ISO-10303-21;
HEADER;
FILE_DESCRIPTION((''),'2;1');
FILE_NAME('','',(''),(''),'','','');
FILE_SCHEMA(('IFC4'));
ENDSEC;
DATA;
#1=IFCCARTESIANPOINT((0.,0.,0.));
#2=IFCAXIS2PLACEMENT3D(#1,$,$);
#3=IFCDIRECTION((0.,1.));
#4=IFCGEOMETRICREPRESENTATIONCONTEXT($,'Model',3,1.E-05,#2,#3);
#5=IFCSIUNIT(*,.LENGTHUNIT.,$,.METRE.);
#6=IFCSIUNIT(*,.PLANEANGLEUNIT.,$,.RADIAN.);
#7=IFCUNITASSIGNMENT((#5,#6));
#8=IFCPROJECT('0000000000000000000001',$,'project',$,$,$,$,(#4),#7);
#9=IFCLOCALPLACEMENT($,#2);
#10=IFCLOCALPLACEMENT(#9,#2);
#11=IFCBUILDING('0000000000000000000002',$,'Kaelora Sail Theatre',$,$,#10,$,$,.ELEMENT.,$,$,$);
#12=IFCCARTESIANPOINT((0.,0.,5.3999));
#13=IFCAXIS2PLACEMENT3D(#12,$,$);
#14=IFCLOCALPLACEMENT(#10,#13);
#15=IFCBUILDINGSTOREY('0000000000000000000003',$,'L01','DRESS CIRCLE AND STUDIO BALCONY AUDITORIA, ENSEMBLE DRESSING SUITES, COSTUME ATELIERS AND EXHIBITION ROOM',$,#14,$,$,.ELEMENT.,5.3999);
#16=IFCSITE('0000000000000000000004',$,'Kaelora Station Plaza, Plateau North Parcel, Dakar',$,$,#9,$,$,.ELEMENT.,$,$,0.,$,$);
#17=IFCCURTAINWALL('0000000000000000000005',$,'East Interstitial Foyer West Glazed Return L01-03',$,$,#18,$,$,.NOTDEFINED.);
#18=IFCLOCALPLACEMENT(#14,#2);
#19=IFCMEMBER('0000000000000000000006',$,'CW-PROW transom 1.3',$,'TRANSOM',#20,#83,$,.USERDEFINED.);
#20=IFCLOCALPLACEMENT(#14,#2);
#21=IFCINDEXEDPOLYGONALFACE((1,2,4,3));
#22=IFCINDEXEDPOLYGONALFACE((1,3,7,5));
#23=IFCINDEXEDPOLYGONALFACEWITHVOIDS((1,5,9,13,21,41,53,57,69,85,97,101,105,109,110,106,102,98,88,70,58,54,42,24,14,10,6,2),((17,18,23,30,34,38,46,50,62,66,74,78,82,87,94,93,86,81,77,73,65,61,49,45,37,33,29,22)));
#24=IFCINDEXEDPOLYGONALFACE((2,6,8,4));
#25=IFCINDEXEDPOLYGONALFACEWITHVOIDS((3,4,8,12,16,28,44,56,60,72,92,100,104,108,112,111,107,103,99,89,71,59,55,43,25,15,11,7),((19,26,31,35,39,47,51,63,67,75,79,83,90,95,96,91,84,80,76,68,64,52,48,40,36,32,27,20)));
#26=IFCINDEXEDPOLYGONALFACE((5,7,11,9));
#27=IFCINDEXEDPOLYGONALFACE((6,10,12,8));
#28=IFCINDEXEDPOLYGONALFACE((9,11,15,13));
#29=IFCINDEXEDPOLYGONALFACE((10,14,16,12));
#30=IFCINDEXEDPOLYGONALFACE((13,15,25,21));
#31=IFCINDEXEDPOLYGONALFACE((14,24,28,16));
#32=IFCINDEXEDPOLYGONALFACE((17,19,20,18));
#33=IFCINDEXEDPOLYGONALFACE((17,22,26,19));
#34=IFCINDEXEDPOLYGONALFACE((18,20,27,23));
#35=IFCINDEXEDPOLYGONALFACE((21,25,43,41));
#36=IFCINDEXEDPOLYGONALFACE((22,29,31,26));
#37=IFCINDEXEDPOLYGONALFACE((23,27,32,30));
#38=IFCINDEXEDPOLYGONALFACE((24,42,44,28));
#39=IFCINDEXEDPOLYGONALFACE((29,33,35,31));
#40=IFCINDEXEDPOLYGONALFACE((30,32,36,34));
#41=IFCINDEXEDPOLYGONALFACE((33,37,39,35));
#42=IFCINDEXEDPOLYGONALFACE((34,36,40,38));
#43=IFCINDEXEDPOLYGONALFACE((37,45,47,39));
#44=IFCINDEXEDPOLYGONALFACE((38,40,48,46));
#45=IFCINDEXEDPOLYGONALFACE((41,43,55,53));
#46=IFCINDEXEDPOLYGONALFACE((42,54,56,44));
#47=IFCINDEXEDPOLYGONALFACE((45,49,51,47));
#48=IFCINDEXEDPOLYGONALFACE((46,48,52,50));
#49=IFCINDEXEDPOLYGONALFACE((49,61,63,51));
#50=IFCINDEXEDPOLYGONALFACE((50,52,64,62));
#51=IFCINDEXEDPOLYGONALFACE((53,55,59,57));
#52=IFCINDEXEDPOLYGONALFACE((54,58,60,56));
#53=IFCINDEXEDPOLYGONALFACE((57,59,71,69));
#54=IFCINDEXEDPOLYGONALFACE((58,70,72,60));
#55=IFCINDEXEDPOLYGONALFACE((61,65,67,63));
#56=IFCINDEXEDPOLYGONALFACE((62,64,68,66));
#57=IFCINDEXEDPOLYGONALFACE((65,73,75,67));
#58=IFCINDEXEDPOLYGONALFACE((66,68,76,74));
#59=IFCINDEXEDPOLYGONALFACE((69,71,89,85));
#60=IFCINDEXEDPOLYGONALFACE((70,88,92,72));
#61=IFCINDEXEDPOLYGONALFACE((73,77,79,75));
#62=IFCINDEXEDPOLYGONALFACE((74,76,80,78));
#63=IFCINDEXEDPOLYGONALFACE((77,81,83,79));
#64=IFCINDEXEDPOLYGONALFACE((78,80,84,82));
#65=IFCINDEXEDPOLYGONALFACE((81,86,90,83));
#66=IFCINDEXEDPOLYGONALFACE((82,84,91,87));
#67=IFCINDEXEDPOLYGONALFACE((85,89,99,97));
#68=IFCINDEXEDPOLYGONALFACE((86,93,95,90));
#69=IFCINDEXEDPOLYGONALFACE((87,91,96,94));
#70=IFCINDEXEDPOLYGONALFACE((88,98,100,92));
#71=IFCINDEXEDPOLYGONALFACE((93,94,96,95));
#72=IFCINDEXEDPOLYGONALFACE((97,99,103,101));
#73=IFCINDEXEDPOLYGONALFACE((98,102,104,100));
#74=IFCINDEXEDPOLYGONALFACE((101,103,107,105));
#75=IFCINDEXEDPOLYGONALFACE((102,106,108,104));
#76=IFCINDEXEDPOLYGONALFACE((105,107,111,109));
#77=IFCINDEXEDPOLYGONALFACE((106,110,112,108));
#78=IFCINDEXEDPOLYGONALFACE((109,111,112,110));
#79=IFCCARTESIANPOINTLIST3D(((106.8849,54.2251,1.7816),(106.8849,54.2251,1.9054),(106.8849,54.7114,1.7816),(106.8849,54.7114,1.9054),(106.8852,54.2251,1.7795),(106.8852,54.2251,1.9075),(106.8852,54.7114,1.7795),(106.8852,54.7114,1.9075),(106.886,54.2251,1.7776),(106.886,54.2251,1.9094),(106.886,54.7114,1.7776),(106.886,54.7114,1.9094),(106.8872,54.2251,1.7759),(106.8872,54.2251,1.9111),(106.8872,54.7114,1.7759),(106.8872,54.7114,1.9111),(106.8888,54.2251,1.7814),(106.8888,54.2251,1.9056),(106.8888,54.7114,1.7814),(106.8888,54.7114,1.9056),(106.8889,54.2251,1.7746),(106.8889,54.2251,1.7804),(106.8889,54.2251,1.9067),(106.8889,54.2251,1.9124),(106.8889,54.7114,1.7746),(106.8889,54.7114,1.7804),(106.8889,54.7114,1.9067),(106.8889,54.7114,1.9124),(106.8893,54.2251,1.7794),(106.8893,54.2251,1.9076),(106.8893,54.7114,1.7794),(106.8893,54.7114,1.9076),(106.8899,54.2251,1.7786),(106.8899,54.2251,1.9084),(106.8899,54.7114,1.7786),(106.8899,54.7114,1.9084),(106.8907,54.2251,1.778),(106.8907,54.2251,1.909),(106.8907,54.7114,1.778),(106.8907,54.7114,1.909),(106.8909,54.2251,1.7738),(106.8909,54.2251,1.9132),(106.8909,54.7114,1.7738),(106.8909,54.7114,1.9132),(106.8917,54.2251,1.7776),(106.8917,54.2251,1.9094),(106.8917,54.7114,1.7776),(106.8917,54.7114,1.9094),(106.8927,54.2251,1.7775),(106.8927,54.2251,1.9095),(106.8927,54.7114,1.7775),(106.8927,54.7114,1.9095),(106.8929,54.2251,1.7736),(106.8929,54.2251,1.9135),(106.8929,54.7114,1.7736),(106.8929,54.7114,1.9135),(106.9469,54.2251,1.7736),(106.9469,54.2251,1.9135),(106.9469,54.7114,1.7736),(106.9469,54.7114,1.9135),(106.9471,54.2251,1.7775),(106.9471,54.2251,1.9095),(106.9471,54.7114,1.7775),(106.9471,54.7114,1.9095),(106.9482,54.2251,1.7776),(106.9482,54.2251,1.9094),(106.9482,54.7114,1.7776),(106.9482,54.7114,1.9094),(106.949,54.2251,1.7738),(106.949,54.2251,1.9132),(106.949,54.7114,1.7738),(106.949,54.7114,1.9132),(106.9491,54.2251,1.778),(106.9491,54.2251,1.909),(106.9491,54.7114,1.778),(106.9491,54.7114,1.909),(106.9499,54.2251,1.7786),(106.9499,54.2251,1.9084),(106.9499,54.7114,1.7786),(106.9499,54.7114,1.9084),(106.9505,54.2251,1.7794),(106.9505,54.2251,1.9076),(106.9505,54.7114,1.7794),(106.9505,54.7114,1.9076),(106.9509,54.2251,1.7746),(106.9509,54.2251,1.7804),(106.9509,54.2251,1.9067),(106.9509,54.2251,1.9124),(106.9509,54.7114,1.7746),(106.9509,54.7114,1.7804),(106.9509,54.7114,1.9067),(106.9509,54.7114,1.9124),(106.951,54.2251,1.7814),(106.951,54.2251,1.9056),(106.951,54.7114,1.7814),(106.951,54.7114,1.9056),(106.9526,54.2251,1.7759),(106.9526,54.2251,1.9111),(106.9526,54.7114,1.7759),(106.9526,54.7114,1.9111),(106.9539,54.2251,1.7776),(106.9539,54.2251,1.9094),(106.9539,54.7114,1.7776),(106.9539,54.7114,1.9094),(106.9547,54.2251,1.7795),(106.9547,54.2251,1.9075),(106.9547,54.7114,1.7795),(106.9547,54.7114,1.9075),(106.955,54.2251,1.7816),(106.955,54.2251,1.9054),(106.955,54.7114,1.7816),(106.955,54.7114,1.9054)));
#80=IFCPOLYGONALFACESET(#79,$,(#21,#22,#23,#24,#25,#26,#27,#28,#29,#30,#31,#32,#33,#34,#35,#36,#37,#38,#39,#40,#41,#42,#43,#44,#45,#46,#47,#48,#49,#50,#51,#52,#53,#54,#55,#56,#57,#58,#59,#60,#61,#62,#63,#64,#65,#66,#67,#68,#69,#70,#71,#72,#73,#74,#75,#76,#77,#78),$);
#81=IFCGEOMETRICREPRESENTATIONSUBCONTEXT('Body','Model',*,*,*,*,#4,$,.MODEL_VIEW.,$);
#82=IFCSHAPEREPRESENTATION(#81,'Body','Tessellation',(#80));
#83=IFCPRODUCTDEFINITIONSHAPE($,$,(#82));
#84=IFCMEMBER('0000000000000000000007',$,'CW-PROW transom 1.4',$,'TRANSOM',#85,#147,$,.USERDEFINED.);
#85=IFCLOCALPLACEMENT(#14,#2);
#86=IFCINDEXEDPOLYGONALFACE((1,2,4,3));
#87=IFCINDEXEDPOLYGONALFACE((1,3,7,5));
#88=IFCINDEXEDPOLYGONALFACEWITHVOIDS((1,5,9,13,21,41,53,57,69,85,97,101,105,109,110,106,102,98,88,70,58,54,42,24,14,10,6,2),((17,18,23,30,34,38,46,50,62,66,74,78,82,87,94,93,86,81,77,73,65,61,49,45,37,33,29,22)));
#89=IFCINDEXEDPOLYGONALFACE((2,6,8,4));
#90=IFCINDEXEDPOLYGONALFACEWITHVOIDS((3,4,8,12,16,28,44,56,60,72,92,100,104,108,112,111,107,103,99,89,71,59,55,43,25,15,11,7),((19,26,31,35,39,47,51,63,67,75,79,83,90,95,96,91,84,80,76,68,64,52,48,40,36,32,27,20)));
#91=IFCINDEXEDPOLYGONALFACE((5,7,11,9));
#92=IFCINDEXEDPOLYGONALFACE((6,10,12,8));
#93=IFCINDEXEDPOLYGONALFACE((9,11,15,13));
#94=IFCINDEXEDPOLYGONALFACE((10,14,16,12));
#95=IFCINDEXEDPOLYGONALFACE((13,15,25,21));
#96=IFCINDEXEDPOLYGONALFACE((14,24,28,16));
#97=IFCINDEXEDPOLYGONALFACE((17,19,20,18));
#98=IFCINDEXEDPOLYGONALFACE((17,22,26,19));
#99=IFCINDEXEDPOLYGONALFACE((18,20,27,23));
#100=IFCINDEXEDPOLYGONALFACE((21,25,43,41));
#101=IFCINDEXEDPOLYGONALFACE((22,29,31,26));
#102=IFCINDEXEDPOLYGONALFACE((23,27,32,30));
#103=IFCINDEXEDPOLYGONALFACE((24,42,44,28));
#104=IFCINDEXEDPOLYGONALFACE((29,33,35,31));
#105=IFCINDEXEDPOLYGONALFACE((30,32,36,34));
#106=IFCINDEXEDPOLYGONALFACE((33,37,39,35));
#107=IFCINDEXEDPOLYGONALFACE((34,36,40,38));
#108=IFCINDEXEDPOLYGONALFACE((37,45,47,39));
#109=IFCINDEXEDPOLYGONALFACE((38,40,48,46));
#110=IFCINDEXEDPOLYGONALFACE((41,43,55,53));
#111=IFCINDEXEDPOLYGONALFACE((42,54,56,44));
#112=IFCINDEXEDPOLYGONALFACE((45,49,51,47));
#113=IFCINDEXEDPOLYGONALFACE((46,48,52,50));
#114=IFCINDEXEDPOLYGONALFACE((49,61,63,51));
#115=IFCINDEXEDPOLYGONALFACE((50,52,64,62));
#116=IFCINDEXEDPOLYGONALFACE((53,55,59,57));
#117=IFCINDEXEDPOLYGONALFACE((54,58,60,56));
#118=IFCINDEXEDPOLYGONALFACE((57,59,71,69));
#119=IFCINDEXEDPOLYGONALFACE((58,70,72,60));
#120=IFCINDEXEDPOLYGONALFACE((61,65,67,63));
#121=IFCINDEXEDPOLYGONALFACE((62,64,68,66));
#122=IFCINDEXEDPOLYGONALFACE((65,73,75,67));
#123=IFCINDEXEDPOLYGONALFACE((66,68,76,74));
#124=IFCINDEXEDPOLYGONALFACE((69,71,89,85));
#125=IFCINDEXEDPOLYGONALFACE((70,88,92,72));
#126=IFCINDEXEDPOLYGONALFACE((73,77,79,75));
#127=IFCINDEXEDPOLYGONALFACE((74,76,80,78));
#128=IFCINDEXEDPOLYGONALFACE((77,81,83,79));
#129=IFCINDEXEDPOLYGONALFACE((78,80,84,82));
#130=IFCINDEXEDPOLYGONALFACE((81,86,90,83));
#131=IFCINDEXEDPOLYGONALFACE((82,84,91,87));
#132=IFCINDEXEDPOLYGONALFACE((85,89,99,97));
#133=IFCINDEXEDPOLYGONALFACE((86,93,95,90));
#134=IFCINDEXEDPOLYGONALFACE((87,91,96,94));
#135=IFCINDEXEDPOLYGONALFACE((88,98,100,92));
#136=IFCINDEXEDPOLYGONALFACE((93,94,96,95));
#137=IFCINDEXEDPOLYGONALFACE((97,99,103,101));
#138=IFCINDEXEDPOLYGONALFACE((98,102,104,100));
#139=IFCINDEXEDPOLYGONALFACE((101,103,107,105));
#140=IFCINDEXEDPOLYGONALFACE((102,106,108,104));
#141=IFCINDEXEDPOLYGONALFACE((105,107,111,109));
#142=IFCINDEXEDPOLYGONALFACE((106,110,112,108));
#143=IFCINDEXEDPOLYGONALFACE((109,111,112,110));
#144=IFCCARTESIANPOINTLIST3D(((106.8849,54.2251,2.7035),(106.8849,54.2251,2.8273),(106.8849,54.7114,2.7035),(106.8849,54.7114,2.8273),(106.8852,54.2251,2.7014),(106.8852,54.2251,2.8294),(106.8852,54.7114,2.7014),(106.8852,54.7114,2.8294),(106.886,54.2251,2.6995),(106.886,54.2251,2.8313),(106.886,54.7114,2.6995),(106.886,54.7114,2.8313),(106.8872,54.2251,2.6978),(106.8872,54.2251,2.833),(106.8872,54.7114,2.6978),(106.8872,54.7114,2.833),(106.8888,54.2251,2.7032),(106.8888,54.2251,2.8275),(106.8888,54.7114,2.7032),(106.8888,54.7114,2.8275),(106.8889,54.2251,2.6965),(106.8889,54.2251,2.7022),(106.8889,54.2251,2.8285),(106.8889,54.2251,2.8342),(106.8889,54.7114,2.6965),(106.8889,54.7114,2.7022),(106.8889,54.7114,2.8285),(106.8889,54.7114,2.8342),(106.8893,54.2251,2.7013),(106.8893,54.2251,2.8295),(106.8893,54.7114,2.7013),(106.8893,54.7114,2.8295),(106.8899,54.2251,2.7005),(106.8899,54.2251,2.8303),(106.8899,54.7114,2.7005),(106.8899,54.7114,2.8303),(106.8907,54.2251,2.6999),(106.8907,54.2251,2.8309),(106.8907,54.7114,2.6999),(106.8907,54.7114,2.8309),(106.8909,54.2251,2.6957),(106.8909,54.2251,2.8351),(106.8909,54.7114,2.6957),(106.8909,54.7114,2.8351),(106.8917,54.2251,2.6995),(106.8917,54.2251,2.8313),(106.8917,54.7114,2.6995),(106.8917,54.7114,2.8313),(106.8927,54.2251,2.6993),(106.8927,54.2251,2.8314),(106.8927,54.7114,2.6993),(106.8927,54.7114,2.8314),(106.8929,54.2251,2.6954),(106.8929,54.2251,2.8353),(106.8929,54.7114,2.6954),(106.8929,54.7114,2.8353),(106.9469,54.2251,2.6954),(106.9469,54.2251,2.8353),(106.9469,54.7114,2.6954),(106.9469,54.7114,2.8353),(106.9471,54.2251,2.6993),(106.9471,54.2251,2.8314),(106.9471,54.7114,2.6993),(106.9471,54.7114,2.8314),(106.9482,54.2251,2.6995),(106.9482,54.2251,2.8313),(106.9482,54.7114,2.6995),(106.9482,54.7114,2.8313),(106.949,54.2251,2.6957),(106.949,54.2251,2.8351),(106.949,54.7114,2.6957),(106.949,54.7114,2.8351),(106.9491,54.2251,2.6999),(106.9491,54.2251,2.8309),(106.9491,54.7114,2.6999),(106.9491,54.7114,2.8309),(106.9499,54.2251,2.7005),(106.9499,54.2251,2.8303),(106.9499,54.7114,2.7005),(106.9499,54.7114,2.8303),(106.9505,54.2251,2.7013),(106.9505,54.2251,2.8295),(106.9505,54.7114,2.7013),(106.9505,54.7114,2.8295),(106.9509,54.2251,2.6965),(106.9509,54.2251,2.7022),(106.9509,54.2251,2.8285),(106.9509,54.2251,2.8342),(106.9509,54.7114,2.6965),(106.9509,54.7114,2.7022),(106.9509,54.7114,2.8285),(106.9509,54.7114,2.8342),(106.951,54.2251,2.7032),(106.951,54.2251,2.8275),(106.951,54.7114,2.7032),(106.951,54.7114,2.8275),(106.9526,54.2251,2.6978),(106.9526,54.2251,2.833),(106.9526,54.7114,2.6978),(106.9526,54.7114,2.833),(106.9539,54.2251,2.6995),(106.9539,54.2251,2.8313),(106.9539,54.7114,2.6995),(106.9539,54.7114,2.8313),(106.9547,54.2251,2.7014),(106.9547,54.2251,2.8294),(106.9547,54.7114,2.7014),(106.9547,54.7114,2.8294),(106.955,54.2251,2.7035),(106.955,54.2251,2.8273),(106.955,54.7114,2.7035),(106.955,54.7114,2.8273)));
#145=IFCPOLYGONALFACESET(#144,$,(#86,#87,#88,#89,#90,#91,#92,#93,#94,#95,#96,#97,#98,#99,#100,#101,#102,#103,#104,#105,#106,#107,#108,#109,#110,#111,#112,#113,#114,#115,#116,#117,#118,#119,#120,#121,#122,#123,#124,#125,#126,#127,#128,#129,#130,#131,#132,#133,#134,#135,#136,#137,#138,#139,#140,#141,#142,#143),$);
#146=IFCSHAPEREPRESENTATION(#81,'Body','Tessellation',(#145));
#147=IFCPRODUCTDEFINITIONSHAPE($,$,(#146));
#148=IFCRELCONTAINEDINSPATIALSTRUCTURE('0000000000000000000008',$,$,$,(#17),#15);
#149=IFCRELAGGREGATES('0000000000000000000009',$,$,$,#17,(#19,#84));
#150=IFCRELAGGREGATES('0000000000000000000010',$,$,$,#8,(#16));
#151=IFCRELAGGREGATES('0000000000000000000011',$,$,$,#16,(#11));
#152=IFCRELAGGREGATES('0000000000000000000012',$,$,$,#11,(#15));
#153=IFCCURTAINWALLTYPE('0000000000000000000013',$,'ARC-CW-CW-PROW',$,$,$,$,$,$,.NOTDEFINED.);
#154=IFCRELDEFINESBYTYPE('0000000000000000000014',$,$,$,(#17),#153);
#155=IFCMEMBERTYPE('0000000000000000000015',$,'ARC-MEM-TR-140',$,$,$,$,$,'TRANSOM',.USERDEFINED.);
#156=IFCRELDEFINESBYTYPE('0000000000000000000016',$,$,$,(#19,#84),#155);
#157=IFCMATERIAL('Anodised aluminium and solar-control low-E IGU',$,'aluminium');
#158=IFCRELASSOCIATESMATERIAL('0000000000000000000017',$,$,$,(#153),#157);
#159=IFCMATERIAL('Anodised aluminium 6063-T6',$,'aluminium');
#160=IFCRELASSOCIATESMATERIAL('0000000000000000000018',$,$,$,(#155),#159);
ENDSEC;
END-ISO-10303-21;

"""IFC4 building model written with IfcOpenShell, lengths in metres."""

from ifc_helpers import new_model, si_unit, direction, frame, origin, origin_2d, place, context, subcontext, project, spatial, hollow_rectangle, extrude, material, material_profile, profile_set, type_object, element, aggregate, save


model = new_model("IFC4")

# Units and contexts
model_context = context("Model", 3, precision=1e-05, world=origin(), true_north=direction((0.0, 1.0)))
body_context = subcontext(model_context, "Body", "Model", "MODEL_VIEW")
ifc_project = project(units=[si_unit("LENGTHUNIT", "METRE"), si_unit("PLANEANGLEUNIT", "RADIAN")], contexts=[model_context])

# Site, building, storey
site_placement = place(None, origin())
site = spatial("IfcSite", under=ifc_project, at=site_placement, Name="Kaelora Station Plaza, Plateau North Parcel, Dakar", CompositionType="ELEMENT", RefElevation=0.0)
building_placement = place(site_placement, origin())
building = spatial("IfcBuilding", under=site, at=building_placement, Name="Kaelora Sail Theatre", CompositionType="ELEMENT")
storey_placement = place(building_placement, frame((0.0, 0.0, 5.3999)))
storey = spatial("IfcBuildingStorey", under=building, at=storey_placement, Name="L01", Description="DRESS CIRCLE AND STUDIO BALCONY AUDITORIA, ENSEMBLE DRESSING SUITES, COSTUME ATELIERS AND EXHIBITION ROOM", CompositionType="ELEMENT", Elevation=5.3999)

# Curtain wall, members
ifc_material_1 = material(Name="Anodised aluminium and solar-control low-E IGU", Category="aluminium")
curtain_wall_type = type_object("IfcCurtainWallType", Name="ARC-CW-CW-PROW", PredefinedType="NOTDEFINED", material=ifc_material_1)
curtain_wall_placement = place(storey_placement, origin())
curtain_wall = element("IfcCurtainWall", 1, at=curtain_wall_placement, inside=storey, type_object=curtain_wall_type, Name="East Interstitial Foyer West Glazed Return L01-03", PredefinedType="NOTDEFINED")
ifc_material_2 = material(Name="Anodised aluminium 6063-T6", Category="aluminium")
ifc_material_profile_1 = material_profile(ifc_material_2, hollow_rectangle(XDim=0.0701, YDim=0.1399, WallThickness=0.0039, InnerFilletRadius=0.0039, OuterFilletRadius=0.0081, at=origin_2d()), Name="ALU-TRAN 70x140x4")
ifc_profile_set_1 = profile_set([ifc_material_profile_1], Name="Anodised aluminium 6063-T6")
member_type_1 = type_object("IfcMemberType", Name="ARC-MEM-TR-140", ElementType="TRANSOM", PredefinedType="USERDEFINED", material=ifc_profile_set_1)
member_1_placement = place(storey_placement, frame((106.9199, 54.2251, 1.8435), z_axis=(0.0, 1.0, 0.0), x_axis=(-1.0, 0.0, 0.0)))
member_1 = element("IfcMember", 2, at=member_1_placement, type_object=member_type_1, Name="CW-PROW transom 1.3", ObjectType="TRANSOM", PredefinedType="USERDEFINED", context=body_context, shape_type="SweptSolid", body=[
    extrude(hollow_rectangle(XDim=0.0701, YDim=0.1399, WallThickness=0.0039, InnerFilletRadius=0.0039, OuterFilletRadius=0.0081, at=origin_2d()), origin(), (0.0, 0.0, 1.0), 0.4863),
])
member_2_placement = place(storey_placement, frame((106.9199, 54.2251, 2.7654), z_axis=(0.0, 1.0, 0.0), x_axis=(-1.0, 0.0, 0.0)))
member_2 = element("IfcMember", 3, at=member_2_placement, type_object=member_type_1, Name="CW-PROW transom 1.4", ObjectType="TRANSOM", PredefinedType="USERDEFINED", context=body_context, shape_type="SweptSolid", body=[
    extrude(hollow_rectangle(XDim=0.0701, YDim=0.1399, WallThickness=0.0039, InnerFilletRadius=0.0039, OuterFilletRadius=0.0081, at=origin_2d()), origin(), (0.0, 0.0, 1.0), 0.4863),
])

aggregate(curtain_wall, [member_1, member_2])

save(model, "model.ifc")
